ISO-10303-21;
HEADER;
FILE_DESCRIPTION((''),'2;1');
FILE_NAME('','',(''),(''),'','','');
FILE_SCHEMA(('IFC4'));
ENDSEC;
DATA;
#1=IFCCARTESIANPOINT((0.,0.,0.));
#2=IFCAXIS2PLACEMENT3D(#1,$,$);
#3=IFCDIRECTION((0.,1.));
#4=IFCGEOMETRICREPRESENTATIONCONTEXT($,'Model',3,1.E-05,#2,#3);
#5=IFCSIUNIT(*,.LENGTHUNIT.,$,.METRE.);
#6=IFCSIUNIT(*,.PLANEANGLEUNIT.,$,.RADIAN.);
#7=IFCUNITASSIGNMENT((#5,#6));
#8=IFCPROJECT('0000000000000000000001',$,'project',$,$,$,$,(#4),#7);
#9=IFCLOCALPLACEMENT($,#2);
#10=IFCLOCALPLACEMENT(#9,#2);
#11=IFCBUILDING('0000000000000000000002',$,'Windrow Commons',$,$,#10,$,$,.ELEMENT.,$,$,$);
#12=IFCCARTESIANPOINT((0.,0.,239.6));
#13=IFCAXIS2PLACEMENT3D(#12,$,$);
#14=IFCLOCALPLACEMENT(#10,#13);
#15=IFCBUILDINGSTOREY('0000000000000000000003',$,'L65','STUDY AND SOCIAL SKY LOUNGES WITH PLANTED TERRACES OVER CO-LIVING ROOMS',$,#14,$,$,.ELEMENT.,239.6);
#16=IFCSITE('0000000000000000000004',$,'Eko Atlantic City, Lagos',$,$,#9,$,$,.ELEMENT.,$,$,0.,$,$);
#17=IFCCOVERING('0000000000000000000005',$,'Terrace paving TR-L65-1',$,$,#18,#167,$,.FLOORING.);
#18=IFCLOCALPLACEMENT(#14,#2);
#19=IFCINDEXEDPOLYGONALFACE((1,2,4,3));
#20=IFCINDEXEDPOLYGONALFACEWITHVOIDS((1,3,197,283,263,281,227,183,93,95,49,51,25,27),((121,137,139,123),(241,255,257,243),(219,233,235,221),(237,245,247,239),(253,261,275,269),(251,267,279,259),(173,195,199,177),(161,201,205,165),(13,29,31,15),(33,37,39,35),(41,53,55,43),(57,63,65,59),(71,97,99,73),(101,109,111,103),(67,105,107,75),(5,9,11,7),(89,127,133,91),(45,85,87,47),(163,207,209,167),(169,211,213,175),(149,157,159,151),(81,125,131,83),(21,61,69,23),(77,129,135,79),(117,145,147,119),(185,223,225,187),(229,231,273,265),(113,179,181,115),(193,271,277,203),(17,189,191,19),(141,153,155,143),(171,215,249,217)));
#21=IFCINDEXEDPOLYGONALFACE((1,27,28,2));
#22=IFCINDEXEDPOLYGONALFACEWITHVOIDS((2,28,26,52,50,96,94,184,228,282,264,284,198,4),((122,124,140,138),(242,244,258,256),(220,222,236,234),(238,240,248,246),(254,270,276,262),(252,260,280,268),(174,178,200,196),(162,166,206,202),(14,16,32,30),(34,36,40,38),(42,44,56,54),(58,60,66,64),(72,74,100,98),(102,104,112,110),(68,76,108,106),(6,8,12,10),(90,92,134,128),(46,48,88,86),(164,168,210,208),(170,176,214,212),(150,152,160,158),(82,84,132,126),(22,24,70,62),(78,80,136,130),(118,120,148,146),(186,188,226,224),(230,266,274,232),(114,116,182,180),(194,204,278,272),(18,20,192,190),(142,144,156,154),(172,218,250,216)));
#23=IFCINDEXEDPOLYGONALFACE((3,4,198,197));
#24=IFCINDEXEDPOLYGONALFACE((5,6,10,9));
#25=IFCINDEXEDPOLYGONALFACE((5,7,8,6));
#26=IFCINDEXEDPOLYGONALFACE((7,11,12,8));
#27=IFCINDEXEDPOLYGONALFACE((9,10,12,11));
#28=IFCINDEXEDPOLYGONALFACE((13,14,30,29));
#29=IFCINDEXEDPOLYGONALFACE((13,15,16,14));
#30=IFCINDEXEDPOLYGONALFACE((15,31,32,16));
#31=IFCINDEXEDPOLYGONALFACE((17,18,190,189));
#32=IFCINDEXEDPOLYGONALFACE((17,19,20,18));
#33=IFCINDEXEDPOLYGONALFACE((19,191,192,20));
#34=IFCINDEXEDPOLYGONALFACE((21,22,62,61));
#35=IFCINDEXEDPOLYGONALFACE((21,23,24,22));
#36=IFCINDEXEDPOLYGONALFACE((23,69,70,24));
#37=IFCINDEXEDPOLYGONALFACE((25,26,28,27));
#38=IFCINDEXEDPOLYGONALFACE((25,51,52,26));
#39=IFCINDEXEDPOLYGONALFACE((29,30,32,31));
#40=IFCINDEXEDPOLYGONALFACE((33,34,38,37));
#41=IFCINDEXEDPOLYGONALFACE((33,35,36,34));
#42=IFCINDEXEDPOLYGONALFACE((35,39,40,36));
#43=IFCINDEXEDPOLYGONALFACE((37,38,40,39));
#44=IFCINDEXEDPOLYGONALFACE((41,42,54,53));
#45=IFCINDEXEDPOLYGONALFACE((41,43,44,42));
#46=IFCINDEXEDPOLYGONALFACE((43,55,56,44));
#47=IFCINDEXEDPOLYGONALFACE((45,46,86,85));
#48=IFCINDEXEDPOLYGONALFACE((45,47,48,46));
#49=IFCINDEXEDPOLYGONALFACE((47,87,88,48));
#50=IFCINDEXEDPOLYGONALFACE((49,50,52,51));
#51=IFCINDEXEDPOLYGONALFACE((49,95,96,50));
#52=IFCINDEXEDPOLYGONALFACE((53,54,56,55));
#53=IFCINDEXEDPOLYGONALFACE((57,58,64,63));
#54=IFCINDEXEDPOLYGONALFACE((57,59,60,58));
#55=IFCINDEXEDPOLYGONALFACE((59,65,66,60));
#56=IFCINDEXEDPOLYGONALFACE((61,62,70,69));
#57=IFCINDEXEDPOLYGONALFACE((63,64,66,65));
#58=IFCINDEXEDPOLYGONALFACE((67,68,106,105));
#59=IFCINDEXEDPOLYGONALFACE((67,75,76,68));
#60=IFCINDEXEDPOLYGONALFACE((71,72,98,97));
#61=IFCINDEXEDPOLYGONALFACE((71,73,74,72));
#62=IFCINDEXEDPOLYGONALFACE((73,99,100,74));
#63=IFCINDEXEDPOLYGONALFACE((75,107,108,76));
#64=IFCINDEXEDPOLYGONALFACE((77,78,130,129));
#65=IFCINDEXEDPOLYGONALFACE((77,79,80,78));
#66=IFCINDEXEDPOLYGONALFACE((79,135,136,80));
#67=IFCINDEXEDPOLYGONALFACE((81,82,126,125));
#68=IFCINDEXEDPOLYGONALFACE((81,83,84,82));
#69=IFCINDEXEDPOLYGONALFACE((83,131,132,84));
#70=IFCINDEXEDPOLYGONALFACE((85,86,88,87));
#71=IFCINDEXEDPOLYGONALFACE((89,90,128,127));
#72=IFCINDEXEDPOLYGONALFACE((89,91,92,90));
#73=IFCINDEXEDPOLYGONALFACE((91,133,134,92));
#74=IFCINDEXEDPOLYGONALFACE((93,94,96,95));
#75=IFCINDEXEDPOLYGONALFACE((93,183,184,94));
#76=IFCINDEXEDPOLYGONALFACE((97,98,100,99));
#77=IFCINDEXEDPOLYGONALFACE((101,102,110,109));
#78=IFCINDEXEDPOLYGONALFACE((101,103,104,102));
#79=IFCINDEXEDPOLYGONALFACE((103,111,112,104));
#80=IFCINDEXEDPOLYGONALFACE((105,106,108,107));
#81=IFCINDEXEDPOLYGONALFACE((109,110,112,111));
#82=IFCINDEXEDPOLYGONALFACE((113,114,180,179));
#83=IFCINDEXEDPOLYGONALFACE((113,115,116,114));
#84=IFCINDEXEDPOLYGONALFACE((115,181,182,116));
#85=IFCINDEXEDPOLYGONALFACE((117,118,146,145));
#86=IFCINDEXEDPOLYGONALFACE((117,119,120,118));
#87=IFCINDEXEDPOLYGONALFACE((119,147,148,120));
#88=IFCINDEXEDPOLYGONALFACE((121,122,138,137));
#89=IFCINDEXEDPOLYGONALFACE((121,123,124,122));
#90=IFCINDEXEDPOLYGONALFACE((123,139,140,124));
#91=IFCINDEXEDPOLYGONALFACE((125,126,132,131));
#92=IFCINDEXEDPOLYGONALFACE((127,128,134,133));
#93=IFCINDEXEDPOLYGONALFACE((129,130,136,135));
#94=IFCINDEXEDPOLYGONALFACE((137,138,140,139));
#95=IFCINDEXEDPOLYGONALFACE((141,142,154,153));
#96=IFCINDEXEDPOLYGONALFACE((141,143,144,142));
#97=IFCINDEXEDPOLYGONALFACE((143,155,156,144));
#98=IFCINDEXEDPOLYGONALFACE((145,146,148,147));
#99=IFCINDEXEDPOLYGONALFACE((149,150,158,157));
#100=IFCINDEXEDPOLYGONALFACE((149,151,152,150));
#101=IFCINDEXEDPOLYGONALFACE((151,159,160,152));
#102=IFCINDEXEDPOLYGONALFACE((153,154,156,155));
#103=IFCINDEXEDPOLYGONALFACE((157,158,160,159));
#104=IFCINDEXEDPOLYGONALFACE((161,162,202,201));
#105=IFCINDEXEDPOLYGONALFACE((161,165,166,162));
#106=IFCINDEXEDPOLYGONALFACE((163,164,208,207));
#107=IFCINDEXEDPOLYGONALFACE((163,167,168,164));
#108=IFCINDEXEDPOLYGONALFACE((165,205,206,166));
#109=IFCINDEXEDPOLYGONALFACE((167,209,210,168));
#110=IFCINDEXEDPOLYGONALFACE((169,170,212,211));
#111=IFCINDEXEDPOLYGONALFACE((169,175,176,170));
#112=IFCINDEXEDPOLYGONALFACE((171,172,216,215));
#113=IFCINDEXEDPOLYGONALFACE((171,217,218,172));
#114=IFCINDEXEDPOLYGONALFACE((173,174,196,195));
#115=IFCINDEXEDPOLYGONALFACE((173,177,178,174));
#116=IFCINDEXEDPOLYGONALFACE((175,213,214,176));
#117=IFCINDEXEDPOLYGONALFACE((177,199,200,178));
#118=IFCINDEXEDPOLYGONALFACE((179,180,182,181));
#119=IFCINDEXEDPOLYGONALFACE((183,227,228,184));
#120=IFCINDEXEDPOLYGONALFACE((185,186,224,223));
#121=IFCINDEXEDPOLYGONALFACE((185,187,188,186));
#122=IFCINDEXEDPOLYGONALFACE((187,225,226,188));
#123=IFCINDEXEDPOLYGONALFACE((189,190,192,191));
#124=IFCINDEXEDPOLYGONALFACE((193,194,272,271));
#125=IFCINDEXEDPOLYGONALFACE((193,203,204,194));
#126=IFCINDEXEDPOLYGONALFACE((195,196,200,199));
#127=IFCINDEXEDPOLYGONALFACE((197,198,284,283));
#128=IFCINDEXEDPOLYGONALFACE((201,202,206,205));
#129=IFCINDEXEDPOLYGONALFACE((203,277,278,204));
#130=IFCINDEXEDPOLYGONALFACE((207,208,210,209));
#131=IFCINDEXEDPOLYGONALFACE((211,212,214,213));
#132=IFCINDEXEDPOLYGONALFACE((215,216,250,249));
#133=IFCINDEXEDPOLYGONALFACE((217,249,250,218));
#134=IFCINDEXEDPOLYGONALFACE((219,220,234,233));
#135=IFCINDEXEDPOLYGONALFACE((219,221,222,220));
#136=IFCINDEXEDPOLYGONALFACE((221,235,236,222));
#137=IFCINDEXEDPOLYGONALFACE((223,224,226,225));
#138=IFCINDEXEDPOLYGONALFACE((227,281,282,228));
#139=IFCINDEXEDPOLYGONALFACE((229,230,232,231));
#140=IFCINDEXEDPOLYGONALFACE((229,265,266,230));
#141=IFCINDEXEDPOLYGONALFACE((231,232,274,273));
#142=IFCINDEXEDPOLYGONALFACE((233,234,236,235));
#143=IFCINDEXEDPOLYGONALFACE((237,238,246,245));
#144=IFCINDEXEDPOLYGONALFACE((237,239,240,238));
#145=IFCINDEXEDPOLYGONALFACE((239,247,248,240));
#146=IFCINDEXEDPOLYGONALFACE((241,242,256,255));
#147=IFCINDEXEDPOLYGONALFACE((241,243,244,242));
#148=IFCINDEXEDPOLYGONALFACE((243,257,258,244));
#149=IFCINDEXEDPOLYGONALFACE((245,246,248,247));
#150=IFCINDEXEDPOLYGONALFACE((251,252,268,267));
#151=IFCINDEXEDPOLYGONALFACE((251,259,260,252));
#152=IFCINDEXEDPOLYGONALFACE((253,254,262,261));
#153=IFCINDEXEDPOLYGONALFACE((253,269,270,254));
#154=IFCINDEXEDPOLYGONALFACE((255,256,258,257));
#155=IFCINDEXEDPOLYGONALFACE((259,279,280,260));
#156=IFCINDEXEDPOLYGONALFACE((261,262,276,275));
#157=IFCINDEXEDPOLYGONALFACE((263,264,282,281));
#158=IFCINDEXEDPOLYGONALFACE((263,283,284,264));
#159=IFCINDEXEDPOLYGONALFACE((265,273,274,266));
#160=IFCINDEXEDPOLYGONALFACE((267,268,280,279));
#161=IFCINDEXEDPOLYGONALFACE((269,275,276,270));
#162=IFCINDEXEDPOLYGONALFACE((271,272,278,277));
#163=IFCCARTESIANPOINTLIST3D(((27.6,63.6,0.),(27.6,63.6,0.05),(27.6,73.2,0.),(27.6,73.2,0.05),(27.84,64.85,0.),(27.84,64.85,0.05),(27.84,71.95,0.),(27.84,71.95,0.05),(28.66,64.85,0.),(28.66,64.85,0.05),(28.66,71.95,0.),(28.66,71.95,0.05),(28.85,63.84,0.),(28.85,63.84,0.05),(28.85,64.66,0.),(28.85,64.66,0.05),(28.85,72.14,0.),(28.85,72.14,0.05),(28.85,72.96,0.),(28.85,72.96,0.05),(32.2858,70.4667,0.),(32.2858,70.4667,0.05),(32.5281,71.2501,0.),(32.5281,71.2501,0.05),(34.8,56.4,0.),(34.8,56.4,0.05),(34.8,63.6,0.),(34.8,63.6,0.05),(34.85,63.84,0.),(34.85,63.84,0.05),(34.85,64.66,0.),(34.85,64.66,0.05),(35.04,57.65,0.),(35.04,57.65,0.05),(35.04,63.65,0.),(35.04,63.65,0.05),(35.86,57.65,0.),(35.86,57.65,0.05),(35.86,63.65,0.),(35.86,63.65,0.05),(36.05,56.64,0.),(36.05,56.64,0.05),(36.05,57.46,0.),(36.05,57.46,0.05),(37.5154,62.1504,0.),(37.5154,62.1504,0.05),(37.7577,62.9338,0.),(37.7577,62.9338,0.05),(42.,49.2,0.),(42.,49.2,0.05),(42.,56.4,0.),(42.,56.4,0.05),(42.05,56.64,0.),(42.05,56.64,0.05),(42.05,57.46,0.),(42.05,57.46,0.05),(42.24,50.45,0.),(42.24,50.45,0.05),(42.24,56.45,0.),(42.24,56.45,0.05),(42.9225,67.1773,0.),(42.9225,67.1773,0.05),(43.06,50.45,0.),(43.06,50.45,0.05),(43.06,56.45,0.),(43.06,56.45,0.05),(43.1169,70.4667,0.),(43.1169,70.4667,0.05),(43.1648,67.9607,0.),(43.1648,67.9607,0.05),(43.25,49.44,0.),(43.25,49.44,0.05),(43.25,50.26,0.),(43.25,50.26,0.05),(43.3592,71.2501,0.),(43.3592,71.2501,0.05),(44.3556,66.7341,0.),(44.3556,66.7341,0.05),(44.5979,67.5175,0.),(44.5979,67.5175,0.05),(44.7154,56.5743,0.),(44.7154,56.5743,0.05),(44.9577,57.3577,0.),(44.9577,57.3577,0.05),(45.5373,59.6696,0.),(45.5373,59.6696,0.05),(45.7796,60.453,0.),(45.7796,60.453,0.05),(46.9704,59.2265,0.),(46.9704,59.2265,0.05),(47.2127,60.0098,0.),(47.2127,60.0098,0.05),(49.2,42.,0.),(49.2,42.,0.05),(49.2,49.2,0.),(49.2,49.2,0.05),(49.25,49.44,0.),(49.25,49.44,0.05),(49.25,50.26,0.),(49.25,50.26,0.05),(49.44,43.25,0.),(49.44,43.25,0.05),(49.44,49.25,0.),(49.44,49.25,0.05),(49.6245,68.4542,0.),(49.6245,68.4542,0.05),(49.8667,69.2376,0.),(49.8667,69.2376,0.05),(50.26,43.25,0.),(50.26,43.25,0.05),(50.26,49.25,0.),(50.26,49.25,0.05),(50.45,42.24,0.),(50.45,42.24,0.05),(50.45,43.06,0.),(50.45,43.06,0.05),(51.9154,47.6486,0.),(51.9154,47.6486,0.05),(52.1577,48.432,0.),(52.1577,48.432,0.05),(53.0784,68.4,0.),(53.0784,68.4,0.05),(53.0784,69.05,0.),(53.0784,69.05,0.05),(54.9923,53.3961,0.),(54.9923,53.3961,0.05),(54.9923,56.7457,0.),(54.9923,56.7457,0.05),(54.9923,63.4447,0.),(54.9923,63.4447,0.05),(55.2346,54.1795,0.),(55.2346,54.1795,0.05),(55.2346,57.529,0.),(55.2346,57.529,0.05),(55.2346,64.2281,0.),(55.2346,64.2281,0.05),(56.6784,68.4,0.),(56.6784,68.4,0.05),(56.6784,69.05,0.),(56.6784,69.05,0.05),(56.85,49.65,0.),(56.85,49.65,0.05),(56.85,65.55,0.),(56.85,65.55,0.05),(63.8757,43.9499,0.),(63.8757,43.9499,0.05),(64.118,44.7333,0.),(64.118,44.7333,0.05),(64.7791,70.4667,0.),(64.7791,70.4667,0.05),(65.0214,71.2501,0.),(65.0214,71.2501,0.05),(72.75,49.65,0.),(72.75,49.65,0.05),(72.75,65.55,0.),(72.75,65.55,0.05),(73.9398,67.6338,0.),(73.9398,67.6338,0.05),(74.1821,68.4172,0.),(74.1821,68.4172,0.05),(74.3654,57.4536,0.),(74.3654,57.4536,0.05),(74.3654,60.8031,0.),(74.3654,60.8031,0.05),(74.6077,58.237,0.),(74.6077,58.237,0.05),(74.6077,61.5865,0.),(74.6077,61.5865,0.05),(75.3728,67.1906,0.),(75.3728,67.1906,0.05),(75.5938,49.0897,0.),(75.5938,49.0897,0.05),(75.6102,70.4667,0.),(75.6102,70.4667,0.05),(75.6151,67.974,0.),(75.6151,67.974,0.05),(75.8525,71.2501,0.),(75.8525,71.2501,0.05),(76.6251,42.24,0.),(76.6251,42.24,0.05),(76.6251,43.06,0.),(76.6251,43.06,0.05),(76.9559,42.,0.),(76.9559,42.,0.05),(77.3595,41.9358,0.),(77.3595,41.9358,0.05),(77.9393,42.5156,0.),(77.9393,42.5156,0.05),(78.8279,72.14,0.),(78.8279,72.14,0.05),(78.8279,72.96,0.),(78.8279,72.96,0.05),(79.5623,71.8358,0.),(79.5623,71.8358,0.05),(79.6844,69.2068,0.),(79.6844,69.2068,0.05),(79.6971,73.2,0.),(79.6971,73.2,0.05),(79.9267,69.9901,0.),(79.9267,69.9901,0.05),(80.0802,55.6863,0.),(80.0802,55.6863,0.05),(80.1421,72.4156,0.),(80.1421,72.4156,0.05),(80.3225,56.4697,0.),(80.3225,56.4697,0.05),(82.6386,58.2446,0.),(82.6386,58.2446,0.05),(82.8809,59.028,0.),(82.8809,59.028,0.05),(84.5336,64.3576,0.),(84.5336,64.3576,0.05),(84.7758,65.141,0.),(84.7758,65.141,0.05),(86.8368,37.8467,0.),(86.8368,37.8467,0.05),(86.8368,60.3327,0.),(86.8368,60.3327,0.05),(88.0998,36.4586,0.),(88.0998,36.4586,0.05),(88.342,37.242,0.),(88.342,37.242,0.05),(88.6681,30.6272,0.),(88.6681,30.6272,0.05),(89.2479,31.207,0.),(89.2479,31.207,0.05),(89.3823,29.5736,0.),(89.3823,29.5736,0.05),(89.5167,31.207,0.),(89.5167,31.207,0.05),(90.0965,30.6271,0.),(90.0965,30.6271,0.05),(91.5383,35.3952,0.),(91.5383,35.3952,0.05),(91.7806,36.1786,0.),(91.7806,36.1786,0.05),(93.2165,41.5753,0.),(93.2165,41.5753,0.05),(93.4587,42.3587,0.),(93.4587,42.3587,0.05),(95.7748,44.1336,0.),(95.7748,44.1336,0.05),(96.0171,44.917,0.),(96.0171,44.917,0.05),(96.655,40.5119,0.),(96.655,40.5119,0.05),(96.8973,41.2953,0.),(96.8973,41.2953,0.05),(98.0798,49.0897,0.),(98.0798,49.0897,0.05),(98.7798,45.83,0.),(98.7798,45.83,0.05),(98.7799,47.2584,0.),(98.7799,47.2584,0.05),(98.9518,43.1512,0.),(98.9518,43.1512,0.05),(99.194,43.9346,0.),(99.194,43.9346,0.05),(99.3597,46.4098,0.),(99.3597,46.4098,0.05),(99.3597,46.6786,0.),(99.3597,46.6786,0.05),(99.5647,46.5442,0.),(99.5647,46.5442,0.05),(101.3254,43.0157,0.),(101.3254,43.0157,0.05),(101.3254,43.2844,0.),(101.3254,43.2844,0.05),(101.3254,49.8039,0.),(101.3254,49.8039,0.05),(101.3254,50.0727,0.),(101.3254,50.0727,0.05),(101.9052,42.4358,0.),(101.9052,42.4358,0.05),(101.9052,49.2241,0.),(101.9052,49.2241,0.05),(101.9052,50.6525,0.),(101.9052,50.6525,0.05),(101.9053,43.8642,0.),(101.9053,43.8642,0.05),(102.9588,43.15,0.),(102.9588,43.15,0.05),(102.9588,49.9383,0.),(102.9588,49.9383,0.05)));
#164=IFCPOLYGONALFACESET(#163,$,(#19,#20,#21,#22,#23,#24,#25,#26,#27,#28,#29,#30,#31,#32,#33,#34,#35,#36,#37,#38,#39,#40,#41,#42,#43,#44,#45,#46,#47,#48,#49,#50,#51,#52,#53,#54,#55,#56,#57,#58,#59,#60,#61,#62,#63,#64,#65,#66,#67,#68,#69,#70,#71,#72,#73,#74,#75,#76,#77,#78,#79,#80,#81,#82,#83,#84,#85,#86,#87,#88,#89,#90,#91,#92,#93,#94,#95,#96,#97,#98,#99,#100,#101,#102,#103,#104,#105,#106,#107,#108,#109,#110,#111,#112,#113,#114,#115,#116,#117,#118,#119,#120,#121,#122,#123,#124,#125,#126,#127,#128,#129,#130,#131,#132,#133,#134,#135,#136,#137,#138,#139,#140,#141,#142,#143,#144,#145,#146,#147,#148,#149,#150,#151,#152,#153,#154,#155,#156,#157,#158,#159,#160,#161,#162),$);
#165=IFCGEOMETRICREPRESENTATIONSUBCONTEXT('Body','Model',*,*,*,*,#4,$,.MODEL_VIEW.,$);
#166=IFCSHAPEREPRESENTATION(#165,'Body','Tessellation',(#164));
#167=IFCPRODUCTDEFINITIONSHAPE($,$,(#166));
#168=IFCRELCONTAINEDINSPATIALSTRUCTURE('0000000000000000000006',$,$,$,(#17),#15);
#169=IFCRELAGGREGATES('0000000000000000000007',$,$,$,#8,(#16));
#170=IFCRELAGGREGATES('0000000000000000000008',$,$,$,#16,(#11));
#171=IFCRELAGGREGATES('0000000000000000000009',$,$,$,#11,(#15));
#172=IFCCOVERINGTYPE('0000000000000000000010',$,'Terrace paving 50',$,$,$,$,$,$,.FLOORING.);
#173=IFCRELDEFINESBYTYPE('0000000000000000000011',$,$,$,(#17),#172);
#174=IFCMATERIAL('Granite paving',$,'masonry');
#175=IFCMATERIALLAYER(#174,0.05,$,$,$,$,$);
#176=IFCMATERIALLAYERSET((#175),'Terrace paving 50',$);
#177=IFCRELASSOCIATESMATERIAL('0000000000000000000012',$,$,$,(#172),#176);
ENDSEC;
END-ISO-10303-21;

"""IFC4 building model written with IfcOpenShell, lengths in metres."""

from ifc_helpers import new_model, si_unit, direction, frame, origin, place, context, subcontext, project, spatial, polyline, outline, extrude, material, layer, layer_set, type_object, element, save


model = new_model("IFC4")

# Units and contexts
model_context = context("Model", 3, precision=1e-05, world=origin(), true_north=direction((0.0, 1.0)))
body_context = subcontext(model_context, "Body", "Model", "MODEL_VIEW")
ifc_project = project(units=[si_unit("LENGTHUNIT", "METRE"), si_unit("PLANEANGLEUNIT", "RADIAN")], contexts=[model_context])

# Site, building, storey
site_placement = place(None, origin())
site = spatial("IfcSite", under=ifc_project, at=site_placement, Name="Eko Atlantic City, Lagos", CompositionType="ELEMENT", RefElevation=0.0)
building_placement = place(site_placement, origin())
building = spatial("IfcBuilding", under=site, at=building_placement, Name="Windrow Commons", CompositionType="ELEMENT")
storey_placement = place(building_placement, frame((0.0, 0.0, 239.6)))
storey = spatial("IfcBuildingStorey", under=building, at=storey_placement, Name="L65", Description="STUDY AND SOCIAL SKY LOUNGES WITH PLANTED TERRACES OVER CO-LIVING ROOMS", CompositionType="ELEMENT", Elevation=239.6)

# Shared definitions
placement_1 = place(storey_placement, origin())

# Covering
ifc_material_1 = material(Name="Granite paving", Category="masonry")
ifc_layer_1 = layer(ifc_material_1, 0.05)
ifc_layer_set_1 = layer_set([ifc_layer_1], Name="Terrace paving 50")
covering_type = type_object("IfcCoveringType", Name="Terrace paving 50", PredefinedType="FLOORING", material=ifc_layer_set_1)
element("IfcCovering", 1, at=placement_1, inside=storey, type_object=covering_type, Name="Terrace paving TR-L65-1", PredefinedType="FLOORING", context=body_context, shape_type="SweptSolid", body=[
    extrude(outline(polyline([(49.2, 42.0), (49.2, 49.2), (42.0, 49.2), (42.0, 56.4), (34.8, 56.4), (34.8, 63.6), (27.6, 63.6), (27.6, 73.2), (79.6971, 73.2), (102.9588, 49.9383), (99.5647, 46.5442), (102.9588, 43.15), (89.3823, 29.5736), (76.9559, 42.0), (49.2, 42.0)]), holes=[polyline([(51.9154, 47.6486), (63.8757, 43.9499), (64.118, 44.7333), (52.1577, 48.432), (51.9154, 47.6486)]), polyline([(50.26, 43.25), (50.26, 49.25), (49.44, 49.25), (49.44, 43.25), (50.26, 43.25)]), polyline([(49.25, 50.26), (43.25, 50.26), (43.25, 49.44), (49.25, 49.44), (49.25, 50.26)]), polyline([(43.06, 50.45), (43.06, 56.45), (42.24, 56.45), (42.24, 50.45), (43.06, 50.45)]), polyline([(44.7154, 56.5743), (54.9923, 53.3961), (55.2346, 54.1795), (44.9577, 57.3577), (44.7154, 56.5743)]), polyline([(42.05, 57.46), (36.05, 57.46), (36.05, 56.64), (42.05, 56.64), (42.05, 57.46)]), polyline([(46.9704, 59.2265), (54.9923, 56.7457), (55.2346, 57.529), (47.2127, 60.0098), (46.9704, 59.2265)]), polyline([(35.86, 57.65), (35.86, 63.65), (35.04, 63.65), (35.04, 57.65), (35.86, 57.65)]), polyline([(37.5154, 62.1504), (45.5373, 59.6696), (45.7796, 60.453), (37.7577, 62.9338), (37.5154, 62.1504)]), polyline([(34.85, 64.66), (28.85, 64.66), (28.85, 63.84), (34.85, 63.84), (34.85, 64.66)]), polyline([(44.3556, 66.7341), (54.9923, 63.4447), (55.2346, 64.2281), (44.5979, 67.5175), (44.3556, 66.7341)]), polyline([(28.66, 64.85), (28.66, 71.95), (27.84, 71.95), (27.84, 64.85), (28.66, 64.85)]), polyline([(53.0784, 69.05), (53.0784, 68.4), (56.6784, 68.4), (56.6784, 69.05), (53.0784, 69.05)]), polyline([(32.2858, 70.4667), (42.9225, 67.1773), (43.1648, 67.9607), (32.5281, 71.2501), (32.2858, 70.4667)]), polyline([(43.1169, 70.4667), (49.6245, 68.4542), (49.8667, 69.2376), (43.3592, 71.2501), (43.1169, 70.4667)]), polyline([(28.85, 72.14), (78.8279, 72.14), (78.8279, 72.96), (28.85, 72.96), (28.85, 72.14)]), polyline([(88.0998, 36.4586), (91.5383, 35.3952), (91.7806, 36.1786), (88.342, 37.242), (88.0998, 36.4586)]), polyline([(89.2479, 31.207), (77.9393, 42.5156), (77.3595, 41.9358), (88.6681, 30.6272), (89.2479, 31.207)]), polyline([(101.3254, 43.0157), (89.5167, 31.207), (90.0965, 30.6271), (101.9052, 42.4358), (101.3254, 43.0157)]), polyline([(93.2165, 41.5753), (96.655, 40.5119), (96.8973, 41.2953), (93.4587, 42.3587), (93.2165, 41.5753)]), polyline([(76.6251, 43.06), (50.45, 43.06), (50.45, 42.24), (76.6251, 42.24), (76.6251, 43.06)]), polyline([(95.7748, 44.1336), (98.9518, 43.1512), (99.194, 43.9346), (96.0171, 44.917), (95.7748, 44.1336)]), polyline([(98.7798, 45.83), (101.3254, 43.2844), (101.9053, 43.8642), (99.3597, 46.4098), (98.7798, 45.83)]), polyline([(101.3254, 49.8039), (98.7799, 47.2584), (99.3597, 46.6786), (101.9052, 49.2241), (101.3254, 49.8039)]), polyline([(86.8368, 60.3327), (75.5938, 49.0897), (86.8368, 37.8467), (98.0798, 49.0897), (86.8368, 60.3327)]), polyline([(74.3654, 57.4536), (80.0802, 55.6863), (80.3225, 56.4697), (74.6077, 58.237), (74.3654, 57.4536)]), polyline([(56.85, 65.55), (56.85, 49.65), (72.75, 49.65), (72.75, 65.55), (56.85, 65.55)]), polyline([(74.3654, 60.8031), (82.6386, 58.2446), (82.8809, 59.028), (74.6077, 61.5865), (74.3654, 60.8031)]), polyline([(79.5623, 71.8358), (101.3254, 50.0727), (101.9052, 50.6525), (80.1421, 72.4156), (79.5623, 71.8358)]), polyline([(75.3728, 67.1906), (84.5336, 64.3576), (84.7758, 65.141), (75.6151, 67.974), (75.3728, 67.1906)]), polyline([(64.7791, 70.4667), (73.9398, 67.6338), (74.1821, 68.4172), (65.0214, 71.2501), (64.7791, 70.4667)]), polyline([(75.6102, 70.4667), (79.6844, 69.2068), (79.9267, 69.9901), (75.8525, 71.2501), (75.6102, 70.4667)])]), origin(), (0.0, 0.0, 1.0), 0.05),
])

save(model, "model.ifc")
